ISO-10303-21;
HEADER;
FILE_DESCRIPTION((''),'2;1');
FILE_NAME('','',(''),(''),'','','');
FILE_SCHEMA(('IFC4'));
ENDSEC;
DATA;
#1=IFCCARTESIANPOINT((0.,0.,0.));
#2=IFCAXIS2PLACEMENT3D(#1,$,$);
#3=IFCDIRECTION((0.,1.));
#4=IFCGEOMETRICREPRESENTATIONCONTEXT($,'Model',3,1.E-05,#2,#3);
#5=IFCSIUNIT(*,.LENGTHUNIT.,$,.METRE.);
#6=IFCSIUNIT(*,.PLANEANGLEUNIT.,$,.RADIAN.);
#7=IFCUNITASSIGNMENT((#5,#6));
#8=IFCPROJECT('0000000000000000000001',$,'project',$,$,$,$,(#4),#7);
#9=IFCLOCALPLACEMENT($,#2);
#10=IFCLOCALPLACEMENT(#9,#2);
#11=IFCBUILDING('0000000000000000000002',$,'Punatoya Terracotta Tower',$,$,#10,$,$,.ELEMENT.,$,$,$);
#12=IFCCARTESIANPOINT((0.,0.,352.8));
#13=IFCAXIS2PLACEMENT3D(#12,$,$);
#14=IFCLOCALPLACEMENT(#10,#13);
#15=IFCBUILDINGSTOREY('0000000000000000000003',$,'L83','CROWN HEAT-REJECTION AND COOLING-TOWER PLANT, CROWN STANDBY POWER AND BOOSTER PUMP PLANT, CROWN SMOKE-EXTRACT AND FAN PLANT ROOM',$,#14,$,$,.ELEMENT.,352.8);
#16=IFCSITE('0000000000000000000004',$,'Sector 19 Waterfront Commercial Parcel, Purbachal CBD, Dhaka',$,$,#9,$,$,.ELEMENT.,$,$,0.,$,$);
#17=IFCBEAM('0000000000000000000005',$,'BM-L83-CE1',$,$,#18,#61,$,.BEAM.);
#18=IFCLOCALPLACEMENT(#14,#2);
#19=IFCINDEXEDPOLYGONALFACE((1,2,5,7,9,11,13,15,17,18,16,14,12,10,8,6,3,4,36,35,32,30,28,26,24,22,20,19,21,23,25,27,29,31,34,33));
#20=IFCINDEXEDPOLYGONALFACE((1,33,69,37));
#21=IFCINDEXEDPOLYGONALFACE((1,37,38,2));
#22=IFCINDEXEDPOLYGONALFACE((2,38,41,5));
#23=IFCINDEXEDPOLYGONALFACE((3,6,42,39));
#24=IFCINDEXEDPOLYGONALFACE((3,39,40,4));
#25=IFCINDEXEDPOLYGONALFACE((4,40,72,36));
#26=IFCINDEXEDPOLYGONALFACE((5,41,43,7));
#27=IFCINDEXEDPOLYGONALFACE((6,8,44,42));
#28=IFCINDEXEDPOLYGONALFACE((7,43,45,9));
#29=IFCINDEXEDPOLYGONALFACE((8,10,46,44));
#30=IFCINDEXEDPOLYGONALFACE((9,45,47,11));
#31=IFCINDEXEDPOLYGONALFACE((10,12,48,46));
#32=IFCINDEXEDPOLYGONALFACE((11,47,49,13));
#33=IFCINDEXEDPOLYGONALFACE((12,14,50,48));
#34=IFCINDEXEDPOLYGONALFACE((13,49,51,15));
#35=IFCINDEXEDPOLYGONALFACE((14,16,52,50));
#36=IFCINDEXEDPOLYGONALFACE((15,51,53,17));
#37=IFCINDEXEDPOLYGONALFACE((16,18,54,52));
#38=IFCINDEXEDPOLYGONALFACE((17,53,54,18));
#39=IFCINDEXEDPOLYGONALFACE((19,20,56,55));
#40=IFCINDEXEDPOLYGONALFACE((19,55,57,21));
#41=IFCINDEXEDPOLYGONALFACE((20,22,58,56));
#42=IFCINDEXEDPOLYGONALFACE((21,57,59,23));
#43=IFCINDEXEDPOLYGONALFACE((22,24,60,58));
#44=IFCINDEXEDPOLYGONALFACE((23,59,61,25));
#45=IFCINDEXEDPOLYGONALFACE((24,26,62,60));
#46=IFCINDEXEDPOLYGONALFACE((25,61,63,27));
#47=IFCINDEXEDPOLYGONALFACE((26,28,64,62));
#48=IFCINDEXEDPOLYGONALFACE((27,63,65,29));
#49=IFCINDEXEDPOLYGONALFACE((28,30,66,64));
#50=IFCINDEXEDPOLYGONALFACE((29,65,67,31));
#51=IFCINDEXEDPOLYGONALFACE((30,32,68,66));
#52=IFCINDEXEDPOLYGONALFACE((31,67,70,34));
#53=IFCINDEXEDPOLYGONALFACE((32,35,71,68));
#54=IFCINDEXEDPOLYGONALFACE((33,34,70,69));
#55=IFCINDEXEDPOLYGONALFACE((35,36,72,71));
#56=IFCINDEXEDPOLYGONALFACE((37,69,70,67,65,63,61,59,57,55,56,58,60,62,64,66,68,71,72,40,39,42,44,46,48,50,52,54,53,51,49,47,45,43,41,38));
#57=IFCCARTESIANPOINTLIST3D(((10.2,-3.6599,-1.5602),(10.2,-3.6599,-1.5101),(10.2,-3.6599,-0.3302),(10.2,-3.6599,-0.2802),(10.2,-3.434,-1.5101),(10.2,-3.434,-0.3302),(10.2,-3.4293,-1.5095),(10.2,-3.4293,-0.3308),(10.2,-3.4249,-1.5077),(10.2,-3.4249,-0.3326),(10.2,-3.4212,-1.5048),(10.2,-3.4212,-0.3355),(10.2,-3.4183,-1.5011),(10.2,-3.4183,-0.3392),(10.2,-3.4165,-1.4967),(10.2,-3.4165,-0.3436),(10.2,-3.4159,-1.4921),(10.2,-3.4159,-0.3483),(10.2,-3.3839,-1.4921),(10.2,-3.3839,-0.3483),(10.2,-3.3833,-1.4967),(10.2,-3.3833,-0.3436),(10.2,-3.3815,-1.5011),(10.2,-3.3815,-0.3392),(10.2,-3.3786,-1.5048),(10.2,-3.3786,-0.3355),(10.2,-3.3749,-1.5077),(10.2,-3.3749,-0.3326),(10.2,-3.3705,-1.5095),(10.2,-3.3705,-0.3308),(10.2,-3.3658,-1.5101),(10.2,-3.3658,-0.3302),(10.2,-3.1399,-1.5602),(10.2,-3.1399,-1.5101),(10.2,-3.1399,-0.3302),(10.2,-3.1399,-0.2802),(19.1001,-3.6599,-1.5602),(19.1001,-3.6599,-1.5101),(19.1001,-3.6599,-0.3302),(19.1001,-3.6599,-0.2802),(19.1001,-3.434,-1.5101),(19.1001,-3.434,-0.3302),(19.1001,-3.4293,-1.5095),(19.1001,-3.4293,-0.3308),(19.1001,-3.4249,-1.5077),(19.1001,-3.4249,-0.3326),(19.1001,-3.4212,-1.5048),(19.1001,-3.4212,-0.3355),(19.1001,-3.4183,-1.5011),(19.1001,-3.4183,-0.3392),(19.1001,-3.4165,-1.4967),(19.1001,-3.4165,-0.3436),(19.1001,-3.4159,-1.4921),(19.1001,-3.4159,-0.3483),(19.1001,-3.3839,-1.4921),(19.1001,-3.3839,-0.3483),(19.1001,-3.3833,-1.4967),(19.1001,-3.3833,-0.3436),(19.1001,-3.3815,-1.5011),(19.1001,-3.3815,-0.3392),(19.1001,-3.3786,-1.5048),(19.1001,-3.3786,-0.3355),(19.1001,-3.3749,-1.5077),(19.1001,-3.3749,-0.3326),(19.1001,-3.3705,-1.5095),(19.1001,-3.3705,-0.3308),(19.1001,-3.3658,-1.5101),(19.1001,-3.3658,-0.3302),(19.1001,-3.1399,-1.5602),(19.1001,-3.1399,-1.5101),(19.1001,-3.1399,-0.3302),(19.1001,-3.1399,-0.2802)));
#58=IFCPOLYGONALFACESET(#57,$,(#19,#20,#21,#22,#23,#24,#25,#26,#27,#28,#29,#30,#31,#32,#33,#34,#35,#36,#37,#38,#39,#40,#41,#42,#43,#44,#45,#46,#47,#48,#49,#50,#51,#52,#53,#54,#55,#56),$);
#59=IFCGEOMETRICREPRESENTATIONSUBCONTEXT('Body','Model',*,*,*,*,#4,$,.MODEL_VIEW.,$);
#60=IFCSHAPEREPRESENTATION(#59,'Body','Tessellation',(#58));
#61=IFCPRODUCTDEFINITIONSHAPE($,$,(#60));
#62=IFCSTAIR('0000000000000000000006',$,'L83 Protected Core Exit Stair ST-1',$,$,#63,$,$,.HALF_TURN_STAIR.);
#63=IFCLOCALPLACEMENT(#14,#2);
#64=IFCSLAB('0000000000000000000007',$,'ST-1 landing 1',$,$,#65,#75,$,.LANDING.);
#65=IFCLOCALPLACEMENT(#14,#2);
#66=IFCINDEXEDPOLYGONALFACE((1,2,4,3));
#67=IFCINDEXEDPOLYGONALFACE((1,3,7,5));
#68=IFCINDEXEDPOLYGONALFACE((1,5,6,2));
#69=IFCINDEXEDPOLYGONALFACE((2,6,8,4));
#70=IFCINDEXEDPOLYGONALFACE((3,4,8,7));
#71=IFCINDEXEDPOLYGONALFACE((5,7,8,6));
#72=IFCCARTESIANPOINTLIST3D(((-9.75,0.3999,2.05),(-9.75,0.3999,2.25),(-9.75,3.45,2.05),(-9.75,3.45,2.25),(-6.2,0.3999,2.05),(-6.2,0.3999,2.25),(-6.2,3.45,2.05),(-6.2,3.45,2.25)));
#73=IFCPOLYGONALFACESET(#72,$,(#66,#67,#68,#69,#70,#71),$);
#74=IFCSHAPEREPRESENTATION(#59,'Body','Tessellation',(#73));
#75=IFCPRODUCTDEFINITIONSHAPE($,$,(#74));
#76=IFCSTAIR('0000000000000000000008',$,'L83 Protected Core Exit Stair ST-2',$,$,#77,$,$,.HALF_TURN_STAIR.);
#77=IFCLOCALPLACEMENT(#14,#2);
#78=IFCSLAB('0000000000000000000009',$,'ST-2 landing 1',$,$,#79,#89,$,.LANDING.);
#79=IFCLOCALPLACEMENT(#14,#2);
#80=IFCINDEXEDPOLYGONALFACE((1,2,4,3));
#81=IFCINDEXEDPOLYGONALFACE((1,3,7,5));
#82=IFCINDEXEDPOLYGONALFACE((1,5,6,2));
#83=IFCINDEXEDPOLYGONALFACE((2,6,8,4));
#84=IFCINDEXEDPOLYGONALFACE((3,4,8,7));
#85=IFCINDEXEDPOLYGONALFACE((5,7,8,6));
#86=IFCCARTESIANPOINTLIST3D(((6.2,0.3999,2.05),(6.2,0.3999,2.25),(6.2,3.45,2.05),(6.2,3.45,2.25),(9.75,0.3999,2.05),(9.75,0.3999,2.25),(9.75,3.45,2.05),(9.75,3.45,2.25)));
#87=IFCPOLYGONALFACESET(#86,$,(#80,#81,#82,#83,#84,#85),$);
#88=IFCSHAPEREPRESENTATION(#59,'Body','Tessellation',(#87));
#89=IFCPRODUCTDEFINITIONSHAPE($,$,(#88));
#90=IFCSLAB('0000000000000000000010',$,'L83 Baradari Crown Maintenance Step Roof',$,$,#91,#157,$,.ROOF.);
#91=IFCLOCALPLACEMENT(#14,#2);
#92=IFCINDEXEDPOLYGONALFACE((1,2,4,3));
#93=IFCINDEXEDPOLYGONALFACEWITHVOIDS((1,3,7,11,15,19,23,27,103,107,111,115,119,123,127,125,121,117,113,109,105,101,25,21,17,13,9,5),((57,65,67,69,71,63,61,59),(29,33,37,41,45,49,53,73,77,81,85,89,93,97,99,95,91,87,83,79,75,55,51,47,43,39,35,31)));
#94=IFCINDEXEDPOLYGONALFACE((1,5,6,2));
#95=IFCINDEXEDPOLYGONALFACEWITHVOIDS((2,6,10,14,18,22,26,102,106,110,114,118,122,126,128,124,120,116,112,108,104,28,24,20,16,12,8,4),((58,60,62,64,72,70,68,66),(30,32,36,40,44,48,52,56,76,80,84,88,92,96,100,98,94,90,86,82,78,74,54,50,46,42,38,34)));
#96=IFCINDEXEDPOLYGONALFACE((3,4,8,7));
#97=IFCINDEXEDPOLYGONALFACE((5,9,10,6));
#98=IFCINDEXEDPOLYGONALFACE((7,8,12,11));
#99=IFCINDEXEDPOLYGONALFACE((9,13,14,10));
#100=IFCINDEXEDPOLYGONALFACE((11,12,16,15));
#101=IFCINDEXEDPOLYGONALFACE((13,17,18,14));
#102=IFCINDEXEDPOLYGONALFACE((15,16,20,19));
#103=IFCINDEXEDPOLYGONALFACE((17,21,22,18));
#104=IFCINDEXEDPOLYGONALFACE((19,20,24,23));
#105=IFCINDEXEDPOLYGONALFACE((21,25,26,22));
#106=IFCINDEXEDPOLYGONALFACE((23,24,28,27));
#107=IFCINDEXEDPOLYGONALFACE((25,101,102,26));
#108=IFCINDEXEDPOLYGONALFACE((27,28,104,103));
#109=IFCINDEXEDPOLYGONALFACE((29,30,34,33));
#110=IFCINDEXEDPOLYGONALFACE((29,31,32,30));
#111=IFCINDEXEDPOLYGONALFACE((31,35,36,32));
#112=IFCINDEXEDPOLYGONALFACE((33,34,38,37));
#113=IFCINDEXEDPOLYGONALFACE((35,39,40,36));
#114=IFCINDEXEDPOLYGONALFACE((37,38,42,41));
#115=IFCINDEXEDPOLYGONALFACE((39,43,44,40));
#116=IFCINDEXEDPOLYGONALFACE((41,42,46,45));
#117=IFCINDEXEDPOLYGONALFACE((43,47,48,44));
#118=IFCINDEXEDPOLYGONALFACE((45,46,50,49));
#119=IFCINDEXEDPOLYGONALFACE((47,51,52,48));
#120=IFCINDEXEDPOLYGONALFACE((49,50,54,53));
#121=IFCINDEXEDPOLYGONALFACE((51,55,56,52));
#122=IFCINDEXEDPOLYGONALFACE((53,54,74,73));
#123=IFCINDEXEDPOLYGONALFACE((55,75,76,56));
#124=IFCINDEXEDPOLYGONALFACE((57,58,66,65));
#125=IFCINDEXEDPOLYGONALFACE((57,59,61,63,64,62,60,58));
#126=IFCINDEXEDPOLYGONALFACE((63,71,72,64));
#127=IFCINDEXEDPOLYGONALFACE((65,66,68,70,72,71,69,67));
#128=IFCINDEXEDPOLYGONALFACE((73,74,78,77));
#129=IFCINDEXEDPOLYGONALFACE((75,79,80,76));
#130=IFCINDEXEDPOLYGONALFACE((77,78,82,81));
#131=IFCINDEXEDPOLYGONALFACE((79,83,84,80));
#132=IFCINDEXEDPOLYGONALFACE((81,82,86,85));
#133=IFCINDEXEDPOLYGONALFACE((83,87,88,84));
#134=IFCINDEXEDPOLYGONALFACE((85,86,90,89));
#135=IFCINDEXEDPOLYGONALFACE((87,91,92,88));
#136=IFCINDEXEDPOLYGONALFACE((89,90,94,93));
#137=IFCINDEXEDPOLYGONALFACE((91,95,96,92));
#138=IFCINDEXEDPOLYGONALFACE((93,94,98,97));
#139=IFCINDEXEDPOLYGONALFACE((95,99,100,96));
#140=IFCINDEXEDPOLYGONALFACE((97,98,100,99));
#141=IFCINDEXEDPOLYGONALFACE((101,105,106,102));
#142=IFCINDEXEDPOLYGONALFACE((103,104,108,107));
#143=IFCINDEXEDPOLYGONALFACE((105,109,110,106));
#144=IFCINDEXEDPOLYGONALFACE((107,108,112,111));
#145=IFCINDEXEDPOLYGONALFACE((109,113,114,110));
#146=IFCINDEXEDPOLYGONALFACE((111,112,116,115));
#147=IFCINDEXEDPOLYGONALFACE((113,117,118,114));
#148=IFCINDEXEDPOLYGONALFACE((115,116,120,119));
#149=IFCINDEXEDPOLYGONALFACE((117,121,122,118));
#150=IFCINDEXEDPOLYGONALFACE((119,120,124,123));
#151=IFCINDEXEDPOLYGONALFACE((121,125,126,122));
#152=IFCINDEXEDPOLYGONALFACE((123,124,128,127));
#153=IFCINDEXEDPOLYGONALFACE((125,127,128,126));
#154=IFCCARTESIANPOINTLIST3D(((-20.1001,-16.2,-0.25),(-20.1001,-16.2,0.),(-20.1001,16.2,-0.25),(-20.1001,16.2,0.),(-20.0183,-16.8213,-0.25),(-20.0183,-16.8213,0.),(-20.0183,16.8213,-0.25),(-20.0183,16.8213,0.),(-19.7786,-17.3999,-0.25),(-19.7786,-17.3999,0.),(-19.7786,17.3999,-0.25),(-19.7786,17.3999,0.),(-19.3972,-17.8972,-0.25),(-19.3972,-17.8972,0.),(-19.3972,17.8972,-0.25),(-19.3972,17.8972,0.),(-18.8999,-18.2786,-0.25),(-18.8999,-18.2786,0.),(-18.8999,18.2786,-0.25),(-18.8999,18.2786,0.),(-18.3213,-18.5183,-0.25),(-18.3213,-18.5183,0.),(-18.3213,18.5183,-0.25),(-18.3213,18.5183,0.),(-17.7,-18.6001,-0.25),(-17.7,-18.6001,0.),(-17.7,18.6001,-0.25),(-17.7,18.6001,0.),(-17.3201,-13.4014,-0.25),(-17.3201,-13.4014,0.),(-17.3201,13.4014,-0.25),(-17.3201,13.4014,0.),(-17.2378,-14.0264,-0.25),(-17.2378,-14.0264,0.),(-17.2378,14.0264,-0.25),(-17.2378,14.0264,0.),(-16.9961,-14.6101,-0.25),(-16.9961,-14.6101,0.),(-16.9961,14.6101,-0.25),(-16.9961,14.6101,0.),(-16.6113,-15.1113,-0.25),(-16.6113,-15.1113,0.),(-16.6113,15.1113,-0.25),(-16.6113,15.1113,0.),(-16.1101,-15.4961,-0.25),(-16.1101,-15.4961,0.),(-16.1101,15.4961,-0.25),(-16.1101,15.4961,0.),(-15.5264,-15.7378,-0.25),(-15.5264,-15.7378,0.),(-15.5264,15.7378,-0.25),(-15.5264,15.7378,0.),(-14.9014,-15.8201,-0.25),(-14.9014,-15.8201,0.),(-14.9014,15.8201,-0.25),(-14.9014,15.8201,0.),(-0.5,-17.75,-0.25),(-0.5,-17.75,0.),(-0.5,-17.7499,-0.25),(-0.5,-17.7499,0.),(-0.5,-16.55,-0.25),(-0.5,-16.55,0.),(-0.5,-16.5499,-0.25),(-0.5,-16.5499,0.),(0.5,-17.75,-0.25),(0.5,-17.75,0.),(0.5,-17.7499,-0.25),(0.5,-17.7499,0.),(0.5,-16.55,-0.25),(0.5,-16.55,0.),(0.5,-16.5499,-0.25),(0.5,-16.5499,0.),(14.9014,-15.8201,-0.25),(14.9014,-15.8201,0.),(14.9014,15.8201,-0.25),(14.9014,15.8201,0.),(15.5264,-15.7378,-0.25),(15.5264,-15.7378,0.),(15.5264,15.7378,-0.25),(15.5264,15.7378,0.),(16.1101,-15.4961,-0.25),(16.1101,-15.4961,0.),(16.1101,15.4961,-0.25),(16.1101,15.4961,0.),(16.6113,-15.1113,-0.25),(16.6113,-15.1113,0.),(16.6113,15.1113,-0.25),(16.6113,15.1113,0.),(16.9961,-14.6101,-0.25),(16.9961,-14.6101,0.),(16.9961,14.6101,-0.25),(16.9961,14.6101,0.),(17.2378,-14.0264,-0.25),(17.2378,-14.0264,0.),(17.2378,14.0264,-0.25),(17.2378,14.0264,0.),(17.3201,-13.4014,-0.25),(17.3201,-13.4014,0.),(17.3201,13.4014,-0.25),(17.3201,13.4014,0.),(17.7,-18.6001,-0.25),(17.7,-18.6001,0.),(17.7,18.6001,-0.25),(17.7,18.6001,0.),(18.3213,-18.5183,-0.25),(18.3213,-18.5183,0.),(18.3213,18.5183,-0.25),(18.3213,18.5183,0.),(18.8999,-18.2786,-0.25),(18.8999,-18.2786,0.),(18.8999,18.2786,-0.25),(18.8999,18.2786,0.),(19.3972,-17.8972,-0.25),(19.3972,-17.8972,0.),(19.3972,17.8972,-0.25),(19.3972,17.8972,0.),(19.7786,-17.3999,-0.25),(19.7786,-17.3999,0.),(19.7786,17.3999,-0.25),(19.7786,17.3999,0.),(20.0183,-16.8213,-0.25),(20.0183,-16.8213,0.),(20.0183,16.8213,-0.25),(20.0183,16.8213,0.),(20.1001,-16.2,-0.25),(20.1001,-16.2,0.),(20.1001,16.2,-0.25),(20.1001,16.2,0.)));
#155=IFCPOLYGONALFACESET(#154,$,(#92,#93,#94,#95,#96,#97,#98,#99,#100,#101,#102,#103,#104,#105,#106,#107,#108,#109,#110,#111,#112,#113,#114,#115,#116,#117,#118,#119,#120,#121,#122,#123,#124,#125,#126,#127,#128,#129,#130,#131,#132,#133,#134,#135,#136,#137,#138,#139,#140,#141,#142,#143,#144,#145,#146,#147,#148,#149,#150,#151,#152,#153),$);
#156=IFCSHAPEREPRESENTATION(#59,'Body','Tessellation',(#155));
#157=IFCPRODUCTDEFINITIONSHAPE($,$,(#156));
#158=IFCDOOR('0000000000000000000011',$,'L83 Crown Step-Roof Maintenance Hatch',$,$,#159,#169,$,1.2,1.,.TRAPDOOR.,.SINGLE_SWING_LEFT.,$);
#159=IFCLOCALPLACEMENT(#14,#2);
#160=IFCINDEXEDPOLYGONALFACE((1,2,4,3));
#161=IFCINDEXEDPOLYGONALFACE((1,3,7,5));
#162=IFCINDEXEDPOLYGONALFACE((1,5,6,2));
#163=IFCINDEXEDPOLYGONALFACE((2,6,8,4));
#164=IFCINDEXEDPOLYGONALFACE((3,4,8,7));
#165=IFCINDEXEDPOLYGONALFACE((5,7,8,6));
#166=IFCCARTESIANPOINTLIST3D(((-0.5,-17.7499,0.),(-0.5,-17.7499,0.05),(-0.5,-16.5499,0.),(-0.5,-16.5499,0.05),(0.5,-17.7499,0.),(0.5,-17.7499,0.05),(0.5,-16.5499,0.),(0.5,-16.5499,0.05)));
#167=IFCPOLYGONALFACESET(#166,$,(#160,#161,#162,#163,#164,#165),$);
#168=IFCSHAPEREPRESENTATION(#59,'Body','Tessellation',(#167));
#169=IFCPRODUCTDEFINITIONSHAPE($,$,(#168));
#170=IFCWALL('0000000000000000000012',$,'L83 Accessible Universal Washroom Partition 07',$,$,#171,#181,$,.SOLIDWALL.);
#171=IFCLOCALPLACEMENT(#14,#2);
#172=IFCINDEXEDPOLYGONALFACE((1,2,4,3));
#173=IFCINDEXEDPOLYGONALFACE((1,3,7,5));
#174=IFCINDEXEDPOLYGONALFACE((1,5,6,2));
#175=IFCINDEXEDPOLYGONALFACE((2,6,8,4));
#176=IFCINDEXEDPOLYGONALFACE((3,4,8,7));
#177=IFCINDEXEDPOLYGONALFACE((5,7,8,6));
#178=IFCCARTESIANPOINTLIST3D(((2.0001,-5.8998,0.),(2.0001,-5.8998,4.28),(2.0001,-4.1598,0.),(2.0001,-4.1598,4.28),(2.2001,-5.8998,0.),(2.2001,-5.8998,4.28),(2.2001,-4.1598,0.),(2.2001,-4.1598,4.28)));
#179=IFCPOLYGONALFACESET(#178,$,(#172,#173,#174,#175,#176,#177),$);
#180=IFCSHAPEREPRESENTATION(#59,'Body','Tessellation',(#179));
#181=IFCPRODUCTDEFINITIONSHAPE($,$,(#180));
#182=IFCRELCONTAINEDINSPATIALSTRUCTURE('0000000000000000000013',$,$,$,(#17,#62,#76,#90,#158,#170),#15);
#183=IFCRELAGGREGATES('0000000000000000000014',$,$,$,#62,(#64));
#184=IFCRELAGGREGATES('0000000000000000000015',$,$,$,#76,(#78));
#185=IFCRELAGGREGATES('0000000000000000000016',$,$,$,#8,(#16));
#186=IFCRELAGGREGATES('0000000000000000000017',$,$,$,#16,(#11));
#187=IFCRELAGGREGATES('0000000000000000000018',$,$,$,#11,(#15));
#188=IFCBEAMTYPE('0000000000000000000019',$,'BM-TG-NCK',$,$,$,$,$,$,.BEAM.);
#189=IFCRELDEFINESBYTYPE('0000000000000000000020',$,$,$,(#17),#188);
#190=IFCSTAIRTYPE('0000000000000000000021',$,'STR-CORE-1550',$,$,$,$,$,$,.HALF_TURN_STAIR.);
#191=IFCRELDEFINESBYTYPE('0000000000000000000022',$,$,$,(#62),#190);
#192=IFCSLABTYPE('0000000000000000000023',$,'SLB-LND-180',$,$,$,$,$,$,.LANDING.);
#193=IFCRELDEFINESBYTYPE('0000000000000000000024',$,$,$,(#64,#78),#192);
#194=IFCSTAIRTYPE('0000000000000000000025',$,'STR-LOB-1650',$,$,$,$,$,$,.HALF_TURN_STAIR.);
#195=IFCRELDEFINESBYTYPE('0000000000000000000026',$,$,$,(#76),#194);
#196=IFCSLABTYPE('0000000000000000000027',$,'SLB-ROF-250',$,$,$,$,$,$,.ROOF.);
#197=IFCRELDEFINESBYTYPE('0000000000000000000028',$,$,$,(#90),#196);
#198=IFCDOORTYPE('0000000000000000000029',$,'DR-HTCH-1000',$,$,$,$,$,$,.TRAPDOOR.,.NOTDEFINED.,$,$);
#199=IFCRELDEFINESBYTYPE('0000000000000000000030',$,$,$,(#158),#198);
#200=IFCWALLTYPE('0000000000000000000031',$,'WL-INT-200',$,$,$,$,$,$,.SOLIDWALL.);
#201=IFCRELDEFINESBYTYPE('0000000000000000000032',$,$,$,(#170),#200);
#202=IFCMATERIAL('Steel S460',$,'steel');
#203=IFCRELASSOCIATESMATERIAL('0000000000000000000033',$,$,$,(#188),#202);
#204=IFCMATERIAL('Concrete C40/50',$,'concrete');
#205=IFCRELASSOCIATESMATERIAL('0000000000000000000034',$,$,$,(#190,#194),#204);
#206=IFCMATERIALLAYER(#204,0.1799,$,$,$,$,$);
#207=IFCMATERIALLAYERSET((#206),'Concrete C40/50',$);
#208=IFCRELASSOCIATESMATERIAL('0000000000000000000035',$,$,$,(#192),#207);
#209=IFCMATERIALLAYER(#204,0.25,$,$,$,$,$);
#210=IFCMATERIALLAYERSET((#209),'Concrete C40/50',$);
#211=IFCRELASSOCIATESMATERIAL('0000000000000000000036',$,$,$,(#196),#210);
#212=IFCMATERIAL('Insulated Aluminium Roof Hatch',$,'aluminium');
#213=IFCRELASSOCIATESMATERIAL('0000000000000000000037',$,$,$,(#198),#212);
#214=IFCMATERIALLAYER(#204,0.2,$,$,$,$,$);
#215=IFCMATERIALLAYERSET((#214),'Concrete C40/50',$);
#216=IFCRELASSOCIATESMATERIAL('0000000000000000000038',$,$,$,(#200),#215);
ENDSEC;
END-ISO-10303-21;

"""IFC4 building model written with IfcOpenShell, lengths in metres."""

from ifc_helpers import new_model, si_unit, direction, frame, frame_2d, origin, origin_2d, place, context, subcontext, project, spatial, polyline, rectangle, i_section, outline, extrude, material, layer, layer_set, material_profile, profile_set, type_object, element, fill, aggregate, save


model = new_model("IFC4")

# Units and contexts
model_context = context("Model", 3, precision=1e-05, world=origin(), true_north=direction((0.0, 1.0)))
body_context = subcontext(model_context, "Body", "Model", "MODEL_VIEW")
ifc_project = project(units=[si_unit("LENGTHUNIT", "METRE"), si_unit("PLANEANGLEUNIT", "RADIAN")], contexts=[model_context])

# Site, building, storey
site_placement = place(None, origin())
site = spatial("IfcSite", under=ifc_project, at=site_placement, Name="Sector 19 Waterfront Commercial Parcel, Purbachal CBD, Dhaka", CompositionType="ELEMENT", RefElevation=0.0)
building_placement = place(site_placement, origin())
building = spatial("IfcBuilding", under=site, at=building_placement, Name="Punatoya Terracotta Tower", CompositionType="ELEMENT")
storey_placement = place(building_placement, frame((0.0, 0.0, 352.8)))
storey = spatial("IfcBuildingStorey", under=building, at=storey_placement, Name="L83", Description="CROWN HEAT-REJECTION AND COOLING-TOWER PLANT, CROWN STANDBY POWER AND BOOSTER PUMP PLANT, CROWN SMOKE-EXTRACT AND FAN PLANT ROOM", CompositionType="ELEMENT", Elevation=352.8)

# Beam
ifc_material_1 = material(Name="Steel S460", Category="steel")
ifc_material_profile = material_profile(ifc_material_1, i_section(OverallWidth=0.52, OverallDepth=1.28, WebThickness=0.032, FlangeThickness=0.05, FilletRadius=0.0181, at=origin_2d()))
ifc_profile_set = profile_set([ifc_material_profile], Name="Steel S460")
beam_type = type_object("IfcBeamType", Name="BM-TG-NCK", PredefinedType="BEAM", material=ifc_profile_set)
beam_placement = place(storey_placement, frame((10.2, -3.3999, -0.9202), z_axis=(1.0, 0.0, 0.0), x_axis=(0.0, 1.0, 0.0)))
element("IfcBeam", 1, at=beam_placement, inside=storey, type_object=beam_type, Name="BM-L83-CE1", PredefinedType="BEAM", context=body_context, shape_type="SweptSolid", body=[
    extrude(i_section(OverallWidth=0.52, OverallDepth=1.28, WebThickness=0.032, FlangeThickness=0.05, FilletRadius=0.0181, at=origin_2d()), origin(), (0.0, 0.0, 1.0), 8.9001),
])

# Stairs, slabs
ifc_material_2 = material(Name="Concrete C40/50", Category="concrete")
stair_type_1 = type_object("IfcStairType", Name="STR-CORE-1550", PredefinedType="HALF_TURN_STAIR", material=ifc_material_2)
stair_1_placement = place(storey_placement, origin())
stair_1 = element("IfcStair", 2, at=stair_1_placement, inside=storey, type_object=stair_type_1, Name="L83 Protected Core Exit Stair ST-1", PredefinedType="HALF_TURN_STAIR")
ifc_layer_1 = layer(ifc_material_2, 0.1799)
ifc_layer_set_1 = layer_set([ifc_layer_1], Name="Concrete C40/50")
slab_type_1 = type_object("IfcSlabType", Name="SLB-LND-180", PredefinedType="LANDING", material=ifc_layer_set_1)
slab_1_placement = place(storey_placement, frame((0.0, 0.0, 2.05)))
slab_1 = element("IfcSlab", 3, at=slab_1_placement, type_object=slab_type_1, Name="ST-1 landing 1", PredefinedType="LANDING", context=body_context, shape_type="SweptSolid", body=[
    extrude(outline(polyline([(-6.2, 0.3999), (-6.2, 3.45), (-9.75, 3.45), (-9.75, 0.3999), (-6.2, 0.3999)])), origin(), (0.0, 0.0, 1.0), 0.2),
])
aggregate(stair_1, [slab_1])
stair_type_2 = type_object("IfcStairType", Name="STR-LOB-1650", PredefinedType="HALF_TURN_STAIR", material=ifc_material_2)
stair_2_placement = place(storey_placement, origin())
stair_2 = element("IfcStair", 4, at=stair_2_placement, inside=storey, type_object=stair_type_2, Name="L83 Protected Core Exit Stair ST-2", PredefinedType="HALF_TURN_STAIR")
slab_2_placement = place(storey_placement, frame((0.0, 0.0, 2.05)))
slab_2 = element("IfcSlab", 5, at=slab_2_placement, type_object=slab_type_1, Name="ST-2 landing 1", PredefinedType="LANDING", context=body_context, shape_type="SweptSolid", body=[
    extrude(outline(polyline([(9.75, 0.3999), (9.75, 3.45), (6.2, 3.45), (6.2, 0.3999), (9.75, 0.3999)])), origin(), (0.0, 0.0, 1.0), 0.2),
])

# Slab, opening, door
ifc_layer_2 = layer(ifc_material_2, 0.25)
ifc_layer_set_2 = layer_set([ifc_layer_2], Name="Concrete C40/50")
slab_type_2 = type_object("IfcSlabType", Name="SLB-ROF-250", PredefinedType="ROOF", material=ifc_layer_set_2)
slab_3_placement = place(storey_placement, frame((0.0, 0.0, -0.25)))
slab_3 = element("IfcSlab", 6, at=slab_3_placement, inside=storey, type_object=slab_type_2, Name="L83 Baradari Crown Maintenance Step Roof", PredefinedType="ROOF", context=body_context, shape_type="SweptSolid", body=[
    extrude(outline(polyline([(-18.3213, -18.5183), (-17.7, -18.6001), (17.7, -18.6001), (18.3213, -18.5183), (18.8999, -18.2786), (19.3972, -17.8972), (19.7786, -17.3999), (20.0183, -16.8213), (20.1001, -16.2), (20.1001, 16.2), (20.0183, 16.8213), (19.7786, 17.3999), (19.3972, 17.8972), (18.8999, 18.2786), (18.3213, 18.5183), (17.7, 18.6001), (-17.7, 18.6001), (-18.3213, 18.5183), (-18.8999, 18.2786), (-19.3972, 17.8972), (-19.7786, 17.3999), (-20.0183, 16.8213), (-20.1001, 16.2), (-20.1001, -16.2), (-20.0183, -16.8213), (-19.7786, -17.3999), (-19.3972, -17.8972), (-18.8999, -18.2786), (-18.3213, -18.5183)]), holes=[polyline([(16.1101, -15.4961), (15.5264, -15.7378), (14.9014, -15.8201), (-14.9014, -15.8201), (-15.5264, -15.7378), (-16.1101, -15.4961), (-16.6113, -15.1113), (-16.9961, -14.6101), (-17.2378, -14.0264), (-17.3201, -13.4014), (-17.3201, 13.4014), (-17.2378, 14.0264), (-16.9961, 14.6101), (-16.6113, 15.1113), (-16.1101, 15.4961), (-15.5264, 15.7378), (-14.9014, 15.8201), (14.9014, 15.8201), (15.5264, 15.7378), (16.1101, 15.4961), (16.6113, 15.1113), (16.9961, 14.6101), (17.2378, 14.0264), (17.3201, 13.4014), (17.3201, -13.4014), (17.2378, -14.0264), (16.9961, -14.6101), (16.6113, -15.1113), (16.1101, -15.4961)]), polyline([(0.5, -16.55), (0.5, -17.75), (-0.5, -17.75), (-0.5, -16.55), (0.5, -16.55)])]), origin(), (0.0, 0.0, 1.0), 0.25),
])
opening_1_placement = place(slab_3_placement, frame((0.0, -17.1499, 0.0)))
opening_1 = element("IfcOpeningElement", 7, at=opening_1_placement, cuts=slab_3, PredefinedType="OPENING", context=body_context, shape_type="SweptSolid", body=[
    extrude(rectangle(XDim=1.0, YDim=1.2, at=origin_2d()), frame((0.0, 0.0, -0.01)), (0.0, 0.0, 1.0), 0.3201),
])
ifc_material_3 = material(Name="Insulated Aluminium Roof Hatch", Category="aluminium")
door_type_1 = type_object("IfcDoorType", Name="DR-HTCH-1000", OperationType="NOTDEFINED", PredefinedType="TRAPDOOR", material=ifc_material_3)
door_1_placement = place(opening_1_placement, frame((0.0, 0.0, 0.25)))
door_1 = element("IfcDoor", 8, at=door_1_placement, inside=storey, type_object=door_type_1, Name="L83 Crown Step-Roof Maintenance Hatch", OperationType="SINGLE_SWING_LEFT", OverallHeight=1.2, OverallWidth=1.0, PredefinedType="TRAPDOOR", context=body_context, shape_type="SweptSolid", body=[
    extrude(rectangle(XDim=1.0, YDim=1.2, at=origin_2d()), origin(), (0.0, 0.0, 1.0), 0.05),
])
fill(opening_1, door_1)

# Wall
ifc_layer_3 = layer(ifc_material_2, 0.2)
ifc_layer_set_3 = layer_set([ifc_layer_3], Name="Concrete C40/50")
wall_type_1 = type_object("IfcWallType", Name="WL-INT-200", PredefinedType="SOLIDWALL", material=ifc_layer_set_3)
wall_1_placement = place(storey_placement, frame((2.1001, -5.8999, 0.0), z_axis=(0.0, 0.0, 1.0), x_axis=(0.0, 1.0, 0.0)))
element("IfcWall", 9, at=wall_1_placement, inside=storey, type_object=wall_type_1, Name="L83 Accessible Universal Washroom Partition 07", PredefinedType="SOLIDWALL", context=body_context, shape_type="SweptSolid", body=[
    extrude(rectangle(XDim=1.74, YDim=0.2, at=frame_2d((0.8701, 0.0))), origin(), (0.0, 0.0, 1.0), 4.28),
])

aggregate(stair_2, [slab_2])

save(model, "model.ifc")
